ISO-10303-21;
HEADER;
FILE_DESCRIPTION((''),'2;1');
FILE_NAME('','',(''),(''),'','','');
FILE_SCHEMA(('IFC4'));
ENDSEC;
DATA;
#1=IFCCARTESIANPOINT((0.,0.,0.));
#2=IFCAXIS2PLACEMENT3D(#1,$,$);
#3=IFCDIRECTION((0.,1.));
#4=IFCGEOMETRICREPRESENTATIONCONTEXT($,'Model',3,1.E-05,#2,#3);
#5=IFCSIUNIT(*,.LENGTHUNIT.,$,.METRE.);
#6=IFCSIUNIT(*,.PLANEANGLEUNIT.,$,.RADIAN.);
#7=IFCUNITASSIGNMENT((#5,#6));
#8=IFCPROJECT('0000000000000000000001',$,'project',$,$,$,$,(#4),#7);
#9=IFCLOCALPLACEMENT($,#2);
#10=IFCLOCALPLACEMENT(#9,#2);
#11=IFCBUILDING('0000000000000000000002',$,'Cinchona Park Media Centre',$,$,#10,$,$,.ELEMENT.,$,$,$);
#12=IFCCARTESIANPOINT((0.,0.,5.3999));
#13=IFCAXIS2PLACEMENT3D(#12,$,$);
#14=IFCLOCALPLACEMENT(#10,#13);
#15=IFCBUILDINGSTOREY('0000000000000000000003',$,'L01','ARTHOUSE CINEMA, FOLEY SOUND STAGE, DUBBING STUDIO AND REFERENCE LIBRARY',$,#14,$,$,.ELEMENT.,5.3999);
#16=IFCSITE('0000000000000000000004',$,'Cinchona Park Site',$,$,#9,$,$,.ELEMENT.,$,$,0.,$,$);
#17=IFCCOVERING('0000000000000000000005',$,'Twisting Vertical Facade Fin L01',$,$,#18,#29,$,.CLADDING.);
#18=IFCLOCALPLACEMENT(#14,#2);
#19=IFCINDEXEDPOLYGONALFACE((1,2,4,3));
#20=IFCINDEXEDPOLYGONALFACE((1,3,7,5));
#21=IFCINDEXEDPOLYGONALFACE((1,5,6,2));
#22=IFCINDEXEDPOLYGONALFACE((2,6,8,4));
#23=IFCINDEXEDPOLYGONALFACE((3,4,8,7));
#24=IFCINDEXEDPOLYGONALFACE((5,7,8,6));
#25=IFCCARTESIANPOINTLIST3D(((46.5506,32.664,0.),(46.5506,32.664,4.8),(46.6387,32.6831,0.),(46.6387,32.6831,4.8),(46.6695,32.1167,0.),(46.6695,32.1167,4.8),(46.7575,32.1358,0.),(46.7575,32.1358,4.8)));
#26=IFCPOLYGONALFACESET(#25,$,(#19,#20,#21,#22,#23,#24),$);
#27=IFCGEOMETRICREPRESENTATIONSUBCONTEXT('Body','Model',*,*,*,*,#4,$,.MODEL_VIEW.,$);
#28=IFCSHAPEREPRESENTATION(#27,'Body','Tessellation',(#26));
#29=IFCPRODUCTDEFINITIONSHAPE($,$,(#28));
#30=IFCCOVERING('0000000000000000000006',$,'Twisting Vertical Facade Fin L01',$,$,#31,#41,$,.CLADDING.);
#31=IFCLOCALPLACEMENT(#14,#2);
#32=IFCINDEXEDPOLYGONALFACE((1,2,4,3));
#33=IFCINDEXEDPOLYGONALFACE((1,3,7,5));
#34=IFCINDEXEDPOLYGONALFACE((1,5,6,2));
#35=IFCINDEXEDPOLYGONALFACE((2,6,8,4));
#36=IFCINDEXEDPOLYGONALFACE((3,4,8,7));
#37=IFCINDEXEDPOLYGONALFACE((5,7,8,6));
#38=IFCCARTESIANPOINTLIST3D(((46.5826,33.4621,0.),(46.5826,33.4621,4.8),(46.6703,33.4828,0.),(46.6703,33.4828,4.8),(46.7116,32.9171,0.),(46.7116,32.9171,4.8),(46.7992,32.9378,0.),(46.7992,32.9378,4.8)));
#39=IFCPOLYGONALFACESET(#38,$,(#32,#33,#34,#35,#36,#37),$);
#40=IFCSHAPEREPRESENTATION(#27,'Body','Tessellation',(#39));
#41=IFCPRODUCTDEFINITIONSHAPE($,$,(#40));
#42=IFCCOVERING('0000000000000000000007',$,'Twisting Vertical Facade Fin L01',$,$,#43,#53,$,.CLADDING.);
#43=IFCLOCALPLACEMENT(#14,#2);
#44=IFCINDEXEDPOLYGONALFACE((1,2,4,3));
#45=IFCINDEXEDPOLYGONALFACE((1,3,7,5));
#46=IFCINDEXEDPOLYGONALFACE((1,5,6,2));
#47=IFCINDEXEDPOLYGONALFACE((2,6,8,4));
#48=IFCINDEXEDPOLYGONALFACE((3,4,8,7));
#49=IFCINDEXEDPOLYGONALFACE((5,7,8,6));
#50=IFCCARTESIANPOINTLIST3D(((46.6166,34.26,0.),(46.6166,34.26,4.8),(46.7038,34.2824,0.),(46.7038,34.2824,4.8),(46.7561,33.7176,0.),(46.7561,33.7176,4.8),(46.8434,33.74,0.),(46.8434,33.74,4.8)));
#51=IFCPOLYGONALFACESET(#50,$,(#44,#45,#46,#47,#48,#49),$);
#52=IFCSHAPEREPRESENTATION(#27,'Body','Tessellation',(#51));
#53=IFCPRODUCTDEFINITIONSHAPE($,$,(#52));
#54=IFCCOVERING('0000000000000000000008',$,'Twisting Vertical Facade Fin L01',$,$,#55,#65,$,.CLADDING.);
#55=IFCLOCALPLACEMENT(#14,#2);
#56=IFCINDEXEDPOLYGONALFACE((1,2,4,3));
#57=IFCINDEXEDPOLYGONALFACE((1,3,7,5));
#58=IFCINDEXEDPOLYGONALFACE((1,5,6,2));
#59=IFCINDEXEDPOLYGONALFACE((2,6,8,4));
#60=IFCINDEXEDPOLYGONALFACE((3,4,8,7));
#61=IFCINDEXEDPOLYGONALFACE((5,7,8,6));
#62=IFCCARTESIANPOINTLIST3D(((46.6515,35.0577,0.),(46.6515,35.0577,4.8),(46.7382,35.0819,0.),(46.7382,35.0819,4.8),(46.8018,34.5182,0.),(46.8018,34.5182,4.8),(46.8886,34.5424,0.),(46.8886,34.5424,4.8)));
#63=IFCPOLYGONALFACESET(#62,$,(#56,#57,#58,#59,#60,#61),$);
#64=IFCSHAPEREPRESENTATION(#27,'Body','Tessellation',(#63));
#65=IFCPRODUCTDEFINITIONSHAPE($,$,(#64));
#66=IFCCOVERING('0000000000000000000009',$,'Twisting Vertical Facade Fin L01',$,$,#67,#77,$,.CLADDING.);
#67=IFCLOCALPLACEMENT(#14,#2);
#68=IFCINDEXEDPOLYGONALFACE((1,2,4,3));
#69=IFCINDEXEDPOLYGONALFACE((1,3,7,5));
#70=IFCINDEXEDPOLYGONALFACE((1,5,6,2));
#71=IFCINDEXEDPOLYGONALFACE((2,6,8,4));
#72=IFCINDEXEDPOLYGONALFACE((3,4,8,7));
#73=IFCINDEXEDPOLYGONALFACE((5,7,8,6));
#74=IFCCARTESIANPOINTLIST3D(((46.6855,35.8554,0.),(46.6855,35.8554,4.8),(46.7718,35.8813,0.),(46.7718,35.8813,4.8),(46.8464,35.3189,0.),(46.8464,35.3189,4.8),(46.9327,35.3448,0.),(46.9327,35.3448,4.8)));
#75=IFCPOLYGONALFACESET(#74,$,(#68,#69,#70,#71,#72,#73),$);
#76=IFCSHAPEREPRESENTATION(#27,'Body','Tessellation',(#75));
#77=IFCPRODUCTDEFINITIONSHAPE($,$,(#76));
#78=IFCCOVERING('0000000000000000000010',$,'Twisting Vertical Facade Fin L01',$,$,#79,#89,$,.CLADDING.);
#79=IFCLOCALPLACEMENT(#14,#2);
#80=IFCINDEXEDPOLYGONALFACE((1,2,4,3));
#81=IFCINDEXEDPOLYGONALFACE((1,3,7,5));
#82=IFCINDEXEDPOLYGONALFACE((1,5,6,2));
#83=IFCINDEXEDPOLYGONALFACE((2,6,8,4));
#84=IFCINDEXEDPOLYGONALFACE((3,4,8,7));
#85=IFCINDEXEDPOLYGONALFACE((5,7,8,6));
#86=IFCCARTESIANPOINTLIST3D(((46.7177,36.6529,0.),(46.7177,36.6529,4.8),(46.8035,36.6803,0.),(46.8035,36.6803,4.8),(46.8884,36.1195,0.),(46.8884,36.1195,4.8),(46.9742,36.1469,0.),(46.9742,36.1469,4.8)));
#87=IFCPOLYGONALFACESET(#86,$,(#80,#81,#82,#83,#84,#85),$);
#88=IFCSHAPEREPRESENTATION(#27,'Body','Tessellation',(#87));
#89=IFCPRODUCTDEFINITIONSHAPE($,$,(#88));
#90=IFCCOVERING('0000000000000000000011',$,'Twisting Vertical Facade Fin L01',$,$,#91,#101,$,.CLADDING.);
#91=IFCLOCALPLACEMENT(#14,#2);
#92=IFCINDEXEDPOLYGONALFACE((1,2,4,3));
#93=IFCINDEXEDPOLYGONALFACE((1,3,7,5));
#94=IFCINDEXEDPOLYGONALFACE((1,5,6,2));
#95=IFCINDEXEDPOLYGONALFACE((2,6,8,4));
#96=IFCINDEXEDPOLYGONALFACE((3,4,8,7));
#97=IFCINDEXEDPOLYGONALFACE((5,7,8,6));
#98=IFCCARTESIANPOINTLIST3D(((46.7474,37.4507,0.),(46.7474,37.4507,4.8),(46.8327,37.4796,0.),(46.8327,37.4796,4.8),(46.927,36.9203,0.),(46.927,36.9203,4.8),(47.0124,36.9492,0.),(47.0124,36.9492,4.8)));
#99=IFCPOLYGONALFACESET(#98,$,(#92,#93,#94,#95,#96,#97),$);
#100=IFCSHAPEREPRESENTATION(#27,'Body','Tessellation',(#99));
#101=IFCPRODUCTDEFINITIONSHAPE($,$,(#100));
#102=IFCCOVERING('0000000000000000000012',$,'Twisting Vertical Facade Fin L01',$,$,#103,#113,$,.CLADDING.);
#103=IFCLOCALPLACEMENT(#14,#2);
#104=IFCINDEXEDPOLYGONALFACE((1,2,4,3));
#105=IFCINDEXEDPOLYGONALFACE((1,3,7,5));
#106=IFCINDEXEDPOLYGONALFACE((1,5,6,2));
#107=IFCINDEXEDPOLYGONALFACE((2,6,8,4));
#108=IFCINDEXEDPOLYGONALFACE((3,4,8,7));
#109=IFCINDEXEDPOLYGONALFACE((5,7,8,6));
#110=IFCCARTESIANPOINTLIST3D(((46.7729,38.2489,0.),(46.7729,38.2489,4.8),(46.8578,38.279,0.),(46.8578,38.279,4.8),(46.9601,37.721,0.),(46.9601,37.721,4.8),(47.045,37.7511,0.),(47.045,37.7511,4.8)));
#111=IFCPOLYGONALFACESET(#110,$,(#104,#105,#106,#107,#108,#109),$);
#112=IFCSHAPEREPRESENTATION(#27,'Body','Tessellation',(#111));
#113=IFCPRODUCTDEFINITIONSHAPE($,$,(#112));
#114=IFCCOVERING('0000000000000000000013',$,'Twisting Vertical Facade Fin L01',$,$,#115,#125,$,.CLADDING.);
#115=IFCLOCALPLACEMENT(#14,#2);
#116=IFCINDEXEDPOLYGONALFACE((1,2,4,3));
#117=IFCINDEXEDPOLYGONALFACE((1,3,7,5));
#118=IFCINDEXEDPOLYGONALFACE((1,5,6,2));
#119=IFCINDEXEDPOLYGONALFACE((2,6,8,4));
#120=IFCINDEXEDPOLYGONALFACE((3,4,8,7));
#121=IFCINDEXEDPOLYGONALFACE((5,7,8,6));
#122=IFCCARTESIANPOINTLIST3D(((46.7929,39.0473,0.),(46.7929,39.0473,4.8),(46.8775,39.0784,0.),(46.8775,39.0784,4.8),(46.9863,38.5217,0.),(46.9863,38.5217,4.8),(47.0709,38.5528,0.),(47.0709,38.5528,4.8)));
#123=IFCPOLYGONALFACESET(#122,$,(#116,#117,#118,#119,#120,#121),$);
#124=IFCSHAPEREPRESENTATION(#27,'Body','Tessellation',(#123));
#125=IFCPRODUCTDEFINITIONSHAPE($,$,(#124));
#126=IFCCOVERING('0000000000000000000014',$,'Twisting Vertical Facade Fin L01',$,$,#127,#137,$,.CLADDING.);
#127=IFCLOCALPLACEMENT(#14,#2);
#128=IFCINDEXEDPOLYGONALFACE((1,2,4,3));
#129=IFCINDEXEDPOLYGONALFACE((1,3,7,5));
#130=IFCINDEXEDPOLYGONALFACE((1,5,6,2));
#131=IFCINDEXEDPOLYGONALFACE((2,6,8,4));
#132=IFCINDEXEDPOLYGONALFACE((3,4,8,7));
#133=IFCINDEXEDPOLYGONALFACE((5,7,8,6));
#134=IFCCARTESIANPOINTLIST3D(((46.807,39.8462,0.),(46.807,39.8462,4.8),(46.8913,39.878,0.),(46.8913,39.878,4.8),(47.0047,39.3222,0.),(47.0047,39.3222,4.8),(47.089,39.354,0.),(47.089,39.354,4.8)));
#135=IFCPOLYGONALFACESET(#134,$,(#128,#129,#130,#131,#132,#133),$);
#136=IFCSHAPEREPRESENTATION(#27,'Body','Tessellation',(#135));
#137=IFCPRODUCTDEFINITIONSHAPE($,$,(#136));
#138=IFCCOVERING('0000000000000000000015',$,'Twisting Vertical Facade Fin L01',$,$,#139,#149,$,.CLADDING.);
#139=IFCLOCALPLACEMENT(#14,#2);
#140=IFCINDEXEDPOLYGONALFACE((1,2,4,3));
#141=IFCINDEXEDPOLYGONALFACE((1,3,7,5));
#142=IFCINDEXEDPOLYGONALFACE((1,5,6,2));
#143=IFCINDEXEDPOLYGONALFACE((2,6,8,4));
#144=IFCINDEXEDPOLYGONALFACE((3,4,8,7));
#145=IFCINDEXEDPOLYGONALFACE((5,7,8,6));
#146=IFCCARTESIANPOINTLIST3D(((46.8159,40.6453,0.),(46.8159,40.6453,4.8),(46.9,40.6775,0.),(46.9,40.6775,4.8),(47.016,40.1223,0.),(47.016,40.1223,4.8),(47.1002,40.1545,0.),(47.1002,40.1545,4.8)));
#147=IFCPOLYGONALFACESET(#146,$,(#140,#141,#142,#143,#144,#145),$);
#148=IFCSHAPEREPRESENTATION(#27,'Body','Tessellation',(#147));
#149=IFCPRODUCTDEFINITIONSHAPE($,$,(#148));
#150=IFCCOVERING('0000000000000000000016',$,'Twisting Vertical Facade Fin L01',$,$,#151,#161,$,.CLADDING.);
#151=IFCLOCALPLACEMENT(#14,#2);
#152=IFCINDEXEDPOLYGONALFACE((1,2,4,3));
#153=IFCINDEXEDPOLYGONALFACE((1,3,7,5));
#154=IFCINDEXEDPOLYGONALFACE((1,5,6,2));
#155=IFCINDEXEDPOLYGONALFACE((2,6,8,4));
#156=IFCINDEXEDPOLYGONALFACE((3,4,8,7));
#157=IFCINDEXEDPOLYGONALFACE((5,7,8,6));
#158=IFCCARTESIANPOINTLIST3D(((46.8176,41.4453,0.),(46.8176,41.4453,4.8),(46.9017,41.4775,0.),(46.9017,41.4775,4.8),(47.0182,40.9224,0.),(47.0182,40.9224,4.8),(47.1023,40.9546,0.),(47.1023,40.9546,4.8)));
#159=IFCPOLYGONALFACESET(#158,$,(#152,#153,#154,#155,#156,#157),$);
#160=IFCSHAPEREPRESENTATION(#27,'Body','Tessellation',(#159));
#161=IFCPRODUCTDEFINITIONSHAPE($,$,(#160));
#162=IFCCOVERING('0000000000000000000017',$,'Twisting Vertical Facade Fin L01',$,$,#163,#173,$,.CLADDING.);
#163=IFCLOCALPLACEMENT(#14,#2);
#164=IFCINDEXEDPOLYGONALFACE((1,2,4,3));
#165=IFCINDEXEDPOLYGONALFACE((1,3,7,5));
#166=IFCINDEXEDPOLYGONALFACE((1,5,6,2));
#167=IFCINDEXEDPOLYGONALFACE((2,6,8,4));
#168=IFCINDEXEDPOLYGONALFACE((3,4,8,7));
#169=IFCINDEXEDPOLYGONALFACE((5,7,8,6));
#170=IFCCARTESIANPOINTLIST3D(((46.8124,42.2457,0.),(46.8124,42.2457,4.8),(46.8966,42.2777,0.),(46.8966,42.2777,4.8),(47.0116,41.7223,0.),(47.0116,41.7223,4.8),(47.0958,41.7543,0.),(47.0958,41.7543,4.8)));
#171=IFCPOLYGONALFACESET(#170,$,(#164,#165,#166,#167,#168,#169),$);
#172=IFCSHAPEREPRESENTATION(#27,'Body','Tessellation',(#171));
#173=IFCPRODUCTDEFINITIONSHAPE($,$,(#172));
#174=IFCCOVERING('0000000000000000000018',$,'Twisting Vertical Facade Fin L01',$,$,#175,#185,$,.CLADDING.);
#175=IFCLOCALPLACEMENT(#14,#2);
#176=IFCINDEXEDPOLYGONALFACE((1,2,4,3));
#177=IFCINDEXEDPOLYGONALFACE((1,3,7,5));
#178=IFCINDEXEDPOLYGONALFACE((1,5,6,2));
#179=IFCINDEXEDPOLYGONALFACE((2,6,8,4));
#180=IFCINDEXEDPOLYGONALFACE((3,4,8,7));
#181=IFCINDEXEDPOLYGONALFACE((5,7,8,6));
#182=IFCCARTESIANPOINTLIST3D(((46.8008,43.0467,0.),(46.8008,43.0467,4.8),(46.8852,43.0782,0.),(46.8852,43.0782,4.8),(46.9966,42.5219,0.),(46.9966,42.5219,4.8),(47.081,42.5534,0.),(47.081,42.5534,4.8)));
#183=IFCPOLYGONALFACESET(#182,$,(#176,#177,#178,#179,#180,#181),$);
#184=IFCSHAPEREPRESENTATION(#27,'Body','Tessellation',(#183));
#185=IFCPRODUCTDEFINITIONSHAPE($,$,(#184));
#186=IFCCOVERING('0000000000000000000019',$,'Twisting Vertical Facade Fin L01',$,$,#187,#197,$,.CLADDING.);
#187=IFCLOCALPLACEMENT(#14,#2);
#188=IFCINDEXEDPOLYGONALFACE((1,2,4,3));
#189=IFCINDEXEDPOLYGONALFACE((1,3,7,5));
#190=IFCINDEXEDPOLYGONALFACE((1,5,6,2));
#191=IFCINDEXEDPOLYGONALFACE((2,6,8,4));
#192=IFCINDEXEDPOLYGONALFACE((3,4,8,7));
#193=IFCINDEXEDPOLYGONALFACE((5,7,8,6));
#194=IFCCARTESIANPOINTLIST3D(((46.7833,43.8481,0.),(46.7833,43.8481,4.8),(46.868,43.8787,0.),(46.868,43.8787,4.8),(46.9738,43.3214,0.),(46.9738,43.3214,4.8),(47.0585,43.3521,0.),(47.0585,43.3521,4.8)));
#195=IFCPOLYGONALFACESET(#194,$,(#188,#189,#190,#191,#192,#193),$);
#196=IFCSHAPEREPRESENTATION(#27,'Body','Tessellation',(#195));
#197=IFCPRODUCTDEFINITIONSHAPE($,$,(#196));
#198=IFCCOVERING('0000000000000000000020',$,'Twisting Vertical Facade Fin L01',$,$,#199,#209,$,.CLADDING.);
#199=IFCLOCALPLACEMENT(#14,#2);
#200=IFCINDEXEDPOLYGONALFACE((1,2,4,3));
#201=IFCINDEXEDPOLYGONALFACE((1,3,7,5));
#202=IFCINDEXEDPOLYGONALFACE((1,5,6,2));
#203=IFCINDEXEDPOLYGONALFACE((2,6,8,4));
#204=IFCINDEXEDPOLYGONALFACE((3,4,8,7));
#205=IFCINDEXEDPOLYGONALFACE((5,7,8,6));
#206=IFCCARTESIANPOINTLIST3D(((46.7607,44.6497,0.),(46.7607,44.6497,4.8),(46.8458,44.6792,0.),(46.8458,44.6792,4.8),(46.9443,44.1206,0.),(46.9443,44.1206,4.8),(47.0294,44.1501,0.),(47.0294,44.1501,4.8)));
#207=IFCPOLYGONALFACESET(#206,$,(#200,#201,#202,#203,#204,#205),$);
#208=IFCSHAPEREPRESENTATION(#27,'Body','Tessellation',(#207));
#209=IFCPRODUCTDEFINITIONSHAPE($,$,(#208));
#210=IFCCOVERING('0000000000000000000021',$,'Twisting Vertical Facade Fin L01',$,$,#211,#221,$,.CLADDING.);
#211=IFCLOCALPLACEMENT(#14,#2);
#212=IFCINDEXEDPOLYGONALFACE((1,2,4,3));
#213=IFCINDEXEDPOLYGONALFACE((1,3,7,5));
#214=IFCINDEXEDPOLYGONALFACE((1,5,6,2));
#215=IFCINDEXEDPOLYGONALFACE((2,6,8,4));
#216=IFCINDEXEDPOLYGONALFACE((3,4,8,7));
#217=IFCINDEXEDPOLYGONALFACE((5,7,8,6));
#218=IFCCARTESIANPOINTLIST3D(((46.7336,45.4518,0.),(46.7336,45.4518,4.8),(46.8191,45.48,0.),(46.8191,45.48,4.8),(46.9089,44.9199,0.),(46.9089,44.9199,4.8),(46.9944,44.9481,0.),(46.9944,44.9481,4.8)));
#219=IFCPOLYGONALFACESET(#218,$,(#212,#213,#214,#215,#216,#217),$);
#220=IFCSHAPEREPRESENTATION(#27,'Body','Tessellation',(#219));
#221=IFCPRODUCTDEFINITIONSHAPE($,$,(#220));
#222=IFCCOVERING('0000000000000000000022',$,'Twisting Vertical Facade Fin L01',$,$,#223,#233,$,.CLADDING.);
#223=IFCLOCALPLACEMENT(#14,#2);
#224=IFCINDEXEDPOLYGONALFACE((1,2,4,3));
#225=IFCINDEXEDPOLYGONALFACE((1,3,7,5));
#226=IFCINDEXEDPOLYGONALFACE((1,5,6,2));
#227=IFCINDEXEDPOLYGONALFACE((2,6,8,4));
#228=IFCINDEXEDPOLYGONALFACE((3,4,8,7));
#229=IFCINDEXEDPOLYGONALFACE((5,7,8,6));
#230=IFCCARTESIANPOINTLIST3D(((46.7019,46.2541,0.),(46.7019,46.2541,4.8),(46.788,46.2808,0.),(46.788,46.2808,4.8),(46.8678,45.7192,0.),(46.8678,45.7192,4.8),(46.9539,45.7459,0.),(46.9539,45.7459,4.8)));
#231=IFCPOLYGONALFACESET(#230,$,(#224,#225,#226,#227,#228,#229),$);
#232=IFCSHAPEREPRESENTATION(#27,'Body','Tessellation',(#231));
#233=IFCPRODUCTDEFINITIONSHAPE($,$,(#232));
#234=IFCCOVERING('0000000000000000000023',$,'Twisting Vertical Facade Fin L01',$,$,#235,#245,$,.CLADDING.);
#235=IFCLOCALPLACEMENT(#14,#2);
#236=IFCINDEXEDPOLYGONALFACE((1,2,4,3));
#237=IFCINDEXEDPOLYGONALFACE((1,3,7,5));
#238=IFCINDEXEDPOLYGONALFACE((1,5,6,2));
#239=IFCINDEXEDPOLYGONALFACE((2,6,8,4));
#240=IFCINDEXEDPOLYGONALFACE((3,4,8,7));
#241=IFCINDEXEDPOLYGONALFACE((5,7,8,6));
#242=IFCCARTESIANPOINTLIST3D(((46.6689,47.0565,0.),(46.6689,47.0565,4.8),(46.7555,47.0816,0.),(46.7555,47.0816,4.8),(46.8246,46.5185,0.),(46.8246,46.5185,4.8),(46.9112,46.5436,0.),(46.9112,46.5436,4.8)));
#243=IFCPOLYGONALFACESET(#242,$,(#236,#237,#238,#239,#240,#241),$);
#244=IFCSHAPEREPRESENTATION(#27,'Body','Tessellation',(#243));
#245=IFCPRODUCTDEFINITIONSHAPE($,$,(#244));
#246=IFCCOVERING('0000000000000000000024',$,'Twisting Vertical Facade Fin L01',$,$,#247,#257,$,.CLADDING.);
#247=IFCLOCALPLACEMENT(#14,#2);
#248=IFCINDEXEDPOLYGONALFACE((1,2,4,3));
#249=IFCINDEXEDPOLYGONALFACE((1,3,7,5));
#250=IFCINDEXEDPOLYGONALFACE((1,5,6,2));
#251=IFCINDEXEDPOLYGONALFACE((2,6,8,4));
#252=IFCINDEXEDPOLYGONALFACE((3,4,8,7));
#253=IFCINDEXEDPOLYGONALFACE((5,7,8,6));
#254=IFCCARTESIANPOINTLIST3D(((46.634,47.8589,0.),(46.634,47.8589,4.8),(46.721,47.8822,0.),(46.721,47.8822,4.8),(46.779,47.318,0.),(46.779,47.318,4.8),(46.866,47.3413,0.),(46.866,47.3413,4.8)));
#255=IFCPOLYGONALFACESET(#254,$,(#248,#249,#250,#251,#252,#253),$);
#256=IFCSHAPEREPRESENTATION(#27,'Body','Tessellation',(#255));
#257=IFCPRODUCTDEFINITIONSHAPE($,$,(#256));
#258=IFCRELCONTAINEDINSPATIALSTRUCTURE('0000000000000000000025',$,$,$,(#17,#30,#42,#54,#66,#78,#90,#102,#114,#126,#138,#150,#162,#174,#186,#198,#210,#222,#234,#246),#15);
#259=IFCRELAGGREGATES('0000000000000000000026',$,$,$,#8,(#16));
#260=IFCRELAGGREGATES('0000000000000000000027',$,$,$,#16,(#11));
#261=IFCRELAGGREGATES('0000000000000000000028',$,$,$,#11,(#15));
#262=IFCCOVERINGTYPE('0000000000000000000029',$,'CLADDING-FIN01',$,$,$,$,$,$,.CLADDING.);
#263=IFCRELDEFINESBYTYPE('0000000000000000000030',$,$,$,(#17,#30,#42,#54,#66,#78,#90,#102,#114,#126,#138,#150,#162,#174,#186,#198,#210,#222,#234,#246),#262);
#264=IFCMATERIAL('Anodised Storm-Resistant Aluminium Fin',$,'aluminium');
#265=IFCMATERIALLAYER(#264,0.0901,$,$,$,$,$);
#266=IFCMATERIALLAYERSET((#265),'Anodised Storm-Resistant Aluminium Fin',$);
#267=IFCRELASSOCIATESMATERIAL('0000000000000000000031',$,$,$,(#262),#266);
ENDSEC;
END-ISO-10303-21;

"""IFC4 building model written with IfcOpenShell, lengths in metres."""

from ifc_helpers import new_model, si_unit, direction, frame, origin, origin_2d, place, context, subcontext, project, spatial, rectangle, extrude, material, layer, layer_set, type_object, element, save


model = new_model("IFC4")

# Units and contexts
model_context = context("Model", 3, precision=1e-05, world=origin(), true_north=direction((0.0, 1.0)))
body_context = subcontext(model_context, "Body", "Model", "MODEL_VIEW")
ifc_project = project(units=[si_unit("LENGTHUNIT", "METRE"), si_unit("PLANEANGLEUNIT", "RADIAN")], contexts=[model_context])

# Site, building, storey
site_placement = place(None, origin())
site = spatial("IfcSite", under=ifc_project, at=site_placement, Name="Cinchona Park Site", CompositionType="ELEMENT", RefElevation=0.0)
building_placement = place(site_placement, origin())
building = spatial("IfcBuilding", under=site, at=building_placement, Name="Cinchona Park Media Centre", CompositionType="ELEMENT")
storey_placement = place(building_placement, frame((0.0, 0.0, 5.3999)))
storey = spatial("IfcBuildingStorey", under=building, at=storey_placement, Name="L01", Description="ARTHOUSE CINEMA, FOLEY SOUND STAGE, DUBBING STUDIO AND REFERENCE LIBRARY", CompositionType="ELEMENT", Elevation=5.3999)

# Coverings
ifc_material_1 = material(Name="Anodised Storm-Resistant Aluminium Fin", Category="aluminium")
ifc_layer = layer(ifc_material_1, 0.0901)
ifc_layer_set = layer_set([ifc_layer], Name="Anodised Storm-Resistant Aluminium Fin")
covering_type = type_object("IfcCoveringType", Name="CLADDING-FIN01", PredefinedType="CLADDING", material=ifc_layer_set)
for number, where, z_axis, x_axis, name in (
    (1, (46.6541, 32.3999, 0.0), (0.0, 0.0, 1.0), (-0.212178, 0.977231, 0.0), "Twisting Vertical Facade Fin L01"),
    (2, (46.6909, 33.2, 0.0), (0.0, 0.0, 1.0), (-0.23022, 0.973139, 0.0), "Twisting Vertical Facade Fin L01"),
    (3, (46.73, 34.0, 0.0), (0.0, 0.0, 1.0), (-0.249197, 0.968453, 0.0), "Twisting Vertical Facade Fin L01"),
    (4, (46.77, 34.8, 0.0), (0.0, 0.0, 1.0), (-0.268415, 0.963303, 0.0), "Twisting Vertical Facade Fin L01"),
    (5, (46.8091, 35.6001, 0.0), (0.0, 0.0, 1.0), (-0.287193, 0.957873, 0.0), "Twisting Vertical Facade Fin L01"),
    (6, (46.8459, 36.3999, 0.0), (0.0, 0.0, 1.0), (-0.304864, 0.952396, 0.0), "Twisting Vertical Facade Fin L01"),
    (7, (46.8799, 37.2, 0.0), (0.0, 0.0, 1.0), (-0.320778, 0.947154, 0.0), "Twisting Vertical Facade Fin L01"),
    (8, (46.9089, 38.0, 0.0), (0.0, 0.0, 1.0), (-0.3343, 0.942467, 0.0), "Twisting Vertical Facade Fin L01"),
    (9, (46.9319, 38.8, 0.0), (0.0, 0.0, 1.0), (-0.345298, 0.938493, 0.0), "Twisting Vertical Facade Fin L01"),
    (10, (46.948, 39.6001, 0.0), (0.0, 0.0, 1.0), (-0.352985, 0.935629, 0.0), "Twisting Vertical Facade Fin L01"),
    (11, (46.958, 40.3999, 0.0), (0.0, 0.0, 1.0), (-0.35739, 0.933955, 0.0), "Twisting Vertical Facade Fin L01"),
    (12, (46.96, 41.2, 0.0), (0.0, 0.0, 1.0), (-0.358205, 0.933643, 0.0), "Twisting Vertical Facade Fin L01"),
    (13, (46.9541, 42.0, 0.0), (0.0, 0.0, 1.0), (-0.355596, 0.93464, 0.0), "Twisting Vertical Facade Fin L01"),
    (14, (46.9409, 42.8, 0.0), (0.0, 0.0, 1.0), (-0.349553, 0.936916, 0.0), "Twisting Vertical Facade Fin L01"),
    (15, (46.9209, 43.6001, 0.0), (0.0, 0.0, 1.0), (-0.340215, 0.940348, 0.0), "Twisting Vertical Facade Fin L01"),
    (16, (46.895, 44.3999, 0.0), (0.0, 0.0, 1.0), (-0.327878, 0.94472, 0.0), "Twisting Vertical Facade Fin L01"),
    (17, (46.864, 45.2, 0.0), (0.0, 0.0, 1.0), (-0.312998, 0.949754, 0.0), "Twisting Vertical Facade Fin L01"),
    (18, (46.8279, 46.0, 0.0), (0.0, 0.0, 1.0), (-0.296208, 0.955123, 0.0), "Twisting Vertical Facade Fin L01"),
    (19, (46.79, 46.8, 0.0), (0.0, 0.0, 1.0), (-0.277985, 0.960585, 0.0), "Twisting Vertical Facade Fin L01"),
    (20, (46.75, 47.6001, 0.0), (0.0, 0.0, 1.0), (-0.258819, 0.965926, 0.0), "Twisting Vertical Facade Fin L01"),
):
    element("IfcCovering", number, at=place(storey_placement, frame(where, z_axis=z_axis, x_axis=x_axis)), inside=storey, type_object=covering_type, Name=name, PredefinedType="CLADDING", context=body_context, shape_type="SweptSolid", body=[
        extrude(rectangle(XDim=0.5601, YDim=0.0901, at=origin_2d()), origin(), (0.0, 0.0, 1.0), 4.8),
    ])

save(model, "model.ifc")
